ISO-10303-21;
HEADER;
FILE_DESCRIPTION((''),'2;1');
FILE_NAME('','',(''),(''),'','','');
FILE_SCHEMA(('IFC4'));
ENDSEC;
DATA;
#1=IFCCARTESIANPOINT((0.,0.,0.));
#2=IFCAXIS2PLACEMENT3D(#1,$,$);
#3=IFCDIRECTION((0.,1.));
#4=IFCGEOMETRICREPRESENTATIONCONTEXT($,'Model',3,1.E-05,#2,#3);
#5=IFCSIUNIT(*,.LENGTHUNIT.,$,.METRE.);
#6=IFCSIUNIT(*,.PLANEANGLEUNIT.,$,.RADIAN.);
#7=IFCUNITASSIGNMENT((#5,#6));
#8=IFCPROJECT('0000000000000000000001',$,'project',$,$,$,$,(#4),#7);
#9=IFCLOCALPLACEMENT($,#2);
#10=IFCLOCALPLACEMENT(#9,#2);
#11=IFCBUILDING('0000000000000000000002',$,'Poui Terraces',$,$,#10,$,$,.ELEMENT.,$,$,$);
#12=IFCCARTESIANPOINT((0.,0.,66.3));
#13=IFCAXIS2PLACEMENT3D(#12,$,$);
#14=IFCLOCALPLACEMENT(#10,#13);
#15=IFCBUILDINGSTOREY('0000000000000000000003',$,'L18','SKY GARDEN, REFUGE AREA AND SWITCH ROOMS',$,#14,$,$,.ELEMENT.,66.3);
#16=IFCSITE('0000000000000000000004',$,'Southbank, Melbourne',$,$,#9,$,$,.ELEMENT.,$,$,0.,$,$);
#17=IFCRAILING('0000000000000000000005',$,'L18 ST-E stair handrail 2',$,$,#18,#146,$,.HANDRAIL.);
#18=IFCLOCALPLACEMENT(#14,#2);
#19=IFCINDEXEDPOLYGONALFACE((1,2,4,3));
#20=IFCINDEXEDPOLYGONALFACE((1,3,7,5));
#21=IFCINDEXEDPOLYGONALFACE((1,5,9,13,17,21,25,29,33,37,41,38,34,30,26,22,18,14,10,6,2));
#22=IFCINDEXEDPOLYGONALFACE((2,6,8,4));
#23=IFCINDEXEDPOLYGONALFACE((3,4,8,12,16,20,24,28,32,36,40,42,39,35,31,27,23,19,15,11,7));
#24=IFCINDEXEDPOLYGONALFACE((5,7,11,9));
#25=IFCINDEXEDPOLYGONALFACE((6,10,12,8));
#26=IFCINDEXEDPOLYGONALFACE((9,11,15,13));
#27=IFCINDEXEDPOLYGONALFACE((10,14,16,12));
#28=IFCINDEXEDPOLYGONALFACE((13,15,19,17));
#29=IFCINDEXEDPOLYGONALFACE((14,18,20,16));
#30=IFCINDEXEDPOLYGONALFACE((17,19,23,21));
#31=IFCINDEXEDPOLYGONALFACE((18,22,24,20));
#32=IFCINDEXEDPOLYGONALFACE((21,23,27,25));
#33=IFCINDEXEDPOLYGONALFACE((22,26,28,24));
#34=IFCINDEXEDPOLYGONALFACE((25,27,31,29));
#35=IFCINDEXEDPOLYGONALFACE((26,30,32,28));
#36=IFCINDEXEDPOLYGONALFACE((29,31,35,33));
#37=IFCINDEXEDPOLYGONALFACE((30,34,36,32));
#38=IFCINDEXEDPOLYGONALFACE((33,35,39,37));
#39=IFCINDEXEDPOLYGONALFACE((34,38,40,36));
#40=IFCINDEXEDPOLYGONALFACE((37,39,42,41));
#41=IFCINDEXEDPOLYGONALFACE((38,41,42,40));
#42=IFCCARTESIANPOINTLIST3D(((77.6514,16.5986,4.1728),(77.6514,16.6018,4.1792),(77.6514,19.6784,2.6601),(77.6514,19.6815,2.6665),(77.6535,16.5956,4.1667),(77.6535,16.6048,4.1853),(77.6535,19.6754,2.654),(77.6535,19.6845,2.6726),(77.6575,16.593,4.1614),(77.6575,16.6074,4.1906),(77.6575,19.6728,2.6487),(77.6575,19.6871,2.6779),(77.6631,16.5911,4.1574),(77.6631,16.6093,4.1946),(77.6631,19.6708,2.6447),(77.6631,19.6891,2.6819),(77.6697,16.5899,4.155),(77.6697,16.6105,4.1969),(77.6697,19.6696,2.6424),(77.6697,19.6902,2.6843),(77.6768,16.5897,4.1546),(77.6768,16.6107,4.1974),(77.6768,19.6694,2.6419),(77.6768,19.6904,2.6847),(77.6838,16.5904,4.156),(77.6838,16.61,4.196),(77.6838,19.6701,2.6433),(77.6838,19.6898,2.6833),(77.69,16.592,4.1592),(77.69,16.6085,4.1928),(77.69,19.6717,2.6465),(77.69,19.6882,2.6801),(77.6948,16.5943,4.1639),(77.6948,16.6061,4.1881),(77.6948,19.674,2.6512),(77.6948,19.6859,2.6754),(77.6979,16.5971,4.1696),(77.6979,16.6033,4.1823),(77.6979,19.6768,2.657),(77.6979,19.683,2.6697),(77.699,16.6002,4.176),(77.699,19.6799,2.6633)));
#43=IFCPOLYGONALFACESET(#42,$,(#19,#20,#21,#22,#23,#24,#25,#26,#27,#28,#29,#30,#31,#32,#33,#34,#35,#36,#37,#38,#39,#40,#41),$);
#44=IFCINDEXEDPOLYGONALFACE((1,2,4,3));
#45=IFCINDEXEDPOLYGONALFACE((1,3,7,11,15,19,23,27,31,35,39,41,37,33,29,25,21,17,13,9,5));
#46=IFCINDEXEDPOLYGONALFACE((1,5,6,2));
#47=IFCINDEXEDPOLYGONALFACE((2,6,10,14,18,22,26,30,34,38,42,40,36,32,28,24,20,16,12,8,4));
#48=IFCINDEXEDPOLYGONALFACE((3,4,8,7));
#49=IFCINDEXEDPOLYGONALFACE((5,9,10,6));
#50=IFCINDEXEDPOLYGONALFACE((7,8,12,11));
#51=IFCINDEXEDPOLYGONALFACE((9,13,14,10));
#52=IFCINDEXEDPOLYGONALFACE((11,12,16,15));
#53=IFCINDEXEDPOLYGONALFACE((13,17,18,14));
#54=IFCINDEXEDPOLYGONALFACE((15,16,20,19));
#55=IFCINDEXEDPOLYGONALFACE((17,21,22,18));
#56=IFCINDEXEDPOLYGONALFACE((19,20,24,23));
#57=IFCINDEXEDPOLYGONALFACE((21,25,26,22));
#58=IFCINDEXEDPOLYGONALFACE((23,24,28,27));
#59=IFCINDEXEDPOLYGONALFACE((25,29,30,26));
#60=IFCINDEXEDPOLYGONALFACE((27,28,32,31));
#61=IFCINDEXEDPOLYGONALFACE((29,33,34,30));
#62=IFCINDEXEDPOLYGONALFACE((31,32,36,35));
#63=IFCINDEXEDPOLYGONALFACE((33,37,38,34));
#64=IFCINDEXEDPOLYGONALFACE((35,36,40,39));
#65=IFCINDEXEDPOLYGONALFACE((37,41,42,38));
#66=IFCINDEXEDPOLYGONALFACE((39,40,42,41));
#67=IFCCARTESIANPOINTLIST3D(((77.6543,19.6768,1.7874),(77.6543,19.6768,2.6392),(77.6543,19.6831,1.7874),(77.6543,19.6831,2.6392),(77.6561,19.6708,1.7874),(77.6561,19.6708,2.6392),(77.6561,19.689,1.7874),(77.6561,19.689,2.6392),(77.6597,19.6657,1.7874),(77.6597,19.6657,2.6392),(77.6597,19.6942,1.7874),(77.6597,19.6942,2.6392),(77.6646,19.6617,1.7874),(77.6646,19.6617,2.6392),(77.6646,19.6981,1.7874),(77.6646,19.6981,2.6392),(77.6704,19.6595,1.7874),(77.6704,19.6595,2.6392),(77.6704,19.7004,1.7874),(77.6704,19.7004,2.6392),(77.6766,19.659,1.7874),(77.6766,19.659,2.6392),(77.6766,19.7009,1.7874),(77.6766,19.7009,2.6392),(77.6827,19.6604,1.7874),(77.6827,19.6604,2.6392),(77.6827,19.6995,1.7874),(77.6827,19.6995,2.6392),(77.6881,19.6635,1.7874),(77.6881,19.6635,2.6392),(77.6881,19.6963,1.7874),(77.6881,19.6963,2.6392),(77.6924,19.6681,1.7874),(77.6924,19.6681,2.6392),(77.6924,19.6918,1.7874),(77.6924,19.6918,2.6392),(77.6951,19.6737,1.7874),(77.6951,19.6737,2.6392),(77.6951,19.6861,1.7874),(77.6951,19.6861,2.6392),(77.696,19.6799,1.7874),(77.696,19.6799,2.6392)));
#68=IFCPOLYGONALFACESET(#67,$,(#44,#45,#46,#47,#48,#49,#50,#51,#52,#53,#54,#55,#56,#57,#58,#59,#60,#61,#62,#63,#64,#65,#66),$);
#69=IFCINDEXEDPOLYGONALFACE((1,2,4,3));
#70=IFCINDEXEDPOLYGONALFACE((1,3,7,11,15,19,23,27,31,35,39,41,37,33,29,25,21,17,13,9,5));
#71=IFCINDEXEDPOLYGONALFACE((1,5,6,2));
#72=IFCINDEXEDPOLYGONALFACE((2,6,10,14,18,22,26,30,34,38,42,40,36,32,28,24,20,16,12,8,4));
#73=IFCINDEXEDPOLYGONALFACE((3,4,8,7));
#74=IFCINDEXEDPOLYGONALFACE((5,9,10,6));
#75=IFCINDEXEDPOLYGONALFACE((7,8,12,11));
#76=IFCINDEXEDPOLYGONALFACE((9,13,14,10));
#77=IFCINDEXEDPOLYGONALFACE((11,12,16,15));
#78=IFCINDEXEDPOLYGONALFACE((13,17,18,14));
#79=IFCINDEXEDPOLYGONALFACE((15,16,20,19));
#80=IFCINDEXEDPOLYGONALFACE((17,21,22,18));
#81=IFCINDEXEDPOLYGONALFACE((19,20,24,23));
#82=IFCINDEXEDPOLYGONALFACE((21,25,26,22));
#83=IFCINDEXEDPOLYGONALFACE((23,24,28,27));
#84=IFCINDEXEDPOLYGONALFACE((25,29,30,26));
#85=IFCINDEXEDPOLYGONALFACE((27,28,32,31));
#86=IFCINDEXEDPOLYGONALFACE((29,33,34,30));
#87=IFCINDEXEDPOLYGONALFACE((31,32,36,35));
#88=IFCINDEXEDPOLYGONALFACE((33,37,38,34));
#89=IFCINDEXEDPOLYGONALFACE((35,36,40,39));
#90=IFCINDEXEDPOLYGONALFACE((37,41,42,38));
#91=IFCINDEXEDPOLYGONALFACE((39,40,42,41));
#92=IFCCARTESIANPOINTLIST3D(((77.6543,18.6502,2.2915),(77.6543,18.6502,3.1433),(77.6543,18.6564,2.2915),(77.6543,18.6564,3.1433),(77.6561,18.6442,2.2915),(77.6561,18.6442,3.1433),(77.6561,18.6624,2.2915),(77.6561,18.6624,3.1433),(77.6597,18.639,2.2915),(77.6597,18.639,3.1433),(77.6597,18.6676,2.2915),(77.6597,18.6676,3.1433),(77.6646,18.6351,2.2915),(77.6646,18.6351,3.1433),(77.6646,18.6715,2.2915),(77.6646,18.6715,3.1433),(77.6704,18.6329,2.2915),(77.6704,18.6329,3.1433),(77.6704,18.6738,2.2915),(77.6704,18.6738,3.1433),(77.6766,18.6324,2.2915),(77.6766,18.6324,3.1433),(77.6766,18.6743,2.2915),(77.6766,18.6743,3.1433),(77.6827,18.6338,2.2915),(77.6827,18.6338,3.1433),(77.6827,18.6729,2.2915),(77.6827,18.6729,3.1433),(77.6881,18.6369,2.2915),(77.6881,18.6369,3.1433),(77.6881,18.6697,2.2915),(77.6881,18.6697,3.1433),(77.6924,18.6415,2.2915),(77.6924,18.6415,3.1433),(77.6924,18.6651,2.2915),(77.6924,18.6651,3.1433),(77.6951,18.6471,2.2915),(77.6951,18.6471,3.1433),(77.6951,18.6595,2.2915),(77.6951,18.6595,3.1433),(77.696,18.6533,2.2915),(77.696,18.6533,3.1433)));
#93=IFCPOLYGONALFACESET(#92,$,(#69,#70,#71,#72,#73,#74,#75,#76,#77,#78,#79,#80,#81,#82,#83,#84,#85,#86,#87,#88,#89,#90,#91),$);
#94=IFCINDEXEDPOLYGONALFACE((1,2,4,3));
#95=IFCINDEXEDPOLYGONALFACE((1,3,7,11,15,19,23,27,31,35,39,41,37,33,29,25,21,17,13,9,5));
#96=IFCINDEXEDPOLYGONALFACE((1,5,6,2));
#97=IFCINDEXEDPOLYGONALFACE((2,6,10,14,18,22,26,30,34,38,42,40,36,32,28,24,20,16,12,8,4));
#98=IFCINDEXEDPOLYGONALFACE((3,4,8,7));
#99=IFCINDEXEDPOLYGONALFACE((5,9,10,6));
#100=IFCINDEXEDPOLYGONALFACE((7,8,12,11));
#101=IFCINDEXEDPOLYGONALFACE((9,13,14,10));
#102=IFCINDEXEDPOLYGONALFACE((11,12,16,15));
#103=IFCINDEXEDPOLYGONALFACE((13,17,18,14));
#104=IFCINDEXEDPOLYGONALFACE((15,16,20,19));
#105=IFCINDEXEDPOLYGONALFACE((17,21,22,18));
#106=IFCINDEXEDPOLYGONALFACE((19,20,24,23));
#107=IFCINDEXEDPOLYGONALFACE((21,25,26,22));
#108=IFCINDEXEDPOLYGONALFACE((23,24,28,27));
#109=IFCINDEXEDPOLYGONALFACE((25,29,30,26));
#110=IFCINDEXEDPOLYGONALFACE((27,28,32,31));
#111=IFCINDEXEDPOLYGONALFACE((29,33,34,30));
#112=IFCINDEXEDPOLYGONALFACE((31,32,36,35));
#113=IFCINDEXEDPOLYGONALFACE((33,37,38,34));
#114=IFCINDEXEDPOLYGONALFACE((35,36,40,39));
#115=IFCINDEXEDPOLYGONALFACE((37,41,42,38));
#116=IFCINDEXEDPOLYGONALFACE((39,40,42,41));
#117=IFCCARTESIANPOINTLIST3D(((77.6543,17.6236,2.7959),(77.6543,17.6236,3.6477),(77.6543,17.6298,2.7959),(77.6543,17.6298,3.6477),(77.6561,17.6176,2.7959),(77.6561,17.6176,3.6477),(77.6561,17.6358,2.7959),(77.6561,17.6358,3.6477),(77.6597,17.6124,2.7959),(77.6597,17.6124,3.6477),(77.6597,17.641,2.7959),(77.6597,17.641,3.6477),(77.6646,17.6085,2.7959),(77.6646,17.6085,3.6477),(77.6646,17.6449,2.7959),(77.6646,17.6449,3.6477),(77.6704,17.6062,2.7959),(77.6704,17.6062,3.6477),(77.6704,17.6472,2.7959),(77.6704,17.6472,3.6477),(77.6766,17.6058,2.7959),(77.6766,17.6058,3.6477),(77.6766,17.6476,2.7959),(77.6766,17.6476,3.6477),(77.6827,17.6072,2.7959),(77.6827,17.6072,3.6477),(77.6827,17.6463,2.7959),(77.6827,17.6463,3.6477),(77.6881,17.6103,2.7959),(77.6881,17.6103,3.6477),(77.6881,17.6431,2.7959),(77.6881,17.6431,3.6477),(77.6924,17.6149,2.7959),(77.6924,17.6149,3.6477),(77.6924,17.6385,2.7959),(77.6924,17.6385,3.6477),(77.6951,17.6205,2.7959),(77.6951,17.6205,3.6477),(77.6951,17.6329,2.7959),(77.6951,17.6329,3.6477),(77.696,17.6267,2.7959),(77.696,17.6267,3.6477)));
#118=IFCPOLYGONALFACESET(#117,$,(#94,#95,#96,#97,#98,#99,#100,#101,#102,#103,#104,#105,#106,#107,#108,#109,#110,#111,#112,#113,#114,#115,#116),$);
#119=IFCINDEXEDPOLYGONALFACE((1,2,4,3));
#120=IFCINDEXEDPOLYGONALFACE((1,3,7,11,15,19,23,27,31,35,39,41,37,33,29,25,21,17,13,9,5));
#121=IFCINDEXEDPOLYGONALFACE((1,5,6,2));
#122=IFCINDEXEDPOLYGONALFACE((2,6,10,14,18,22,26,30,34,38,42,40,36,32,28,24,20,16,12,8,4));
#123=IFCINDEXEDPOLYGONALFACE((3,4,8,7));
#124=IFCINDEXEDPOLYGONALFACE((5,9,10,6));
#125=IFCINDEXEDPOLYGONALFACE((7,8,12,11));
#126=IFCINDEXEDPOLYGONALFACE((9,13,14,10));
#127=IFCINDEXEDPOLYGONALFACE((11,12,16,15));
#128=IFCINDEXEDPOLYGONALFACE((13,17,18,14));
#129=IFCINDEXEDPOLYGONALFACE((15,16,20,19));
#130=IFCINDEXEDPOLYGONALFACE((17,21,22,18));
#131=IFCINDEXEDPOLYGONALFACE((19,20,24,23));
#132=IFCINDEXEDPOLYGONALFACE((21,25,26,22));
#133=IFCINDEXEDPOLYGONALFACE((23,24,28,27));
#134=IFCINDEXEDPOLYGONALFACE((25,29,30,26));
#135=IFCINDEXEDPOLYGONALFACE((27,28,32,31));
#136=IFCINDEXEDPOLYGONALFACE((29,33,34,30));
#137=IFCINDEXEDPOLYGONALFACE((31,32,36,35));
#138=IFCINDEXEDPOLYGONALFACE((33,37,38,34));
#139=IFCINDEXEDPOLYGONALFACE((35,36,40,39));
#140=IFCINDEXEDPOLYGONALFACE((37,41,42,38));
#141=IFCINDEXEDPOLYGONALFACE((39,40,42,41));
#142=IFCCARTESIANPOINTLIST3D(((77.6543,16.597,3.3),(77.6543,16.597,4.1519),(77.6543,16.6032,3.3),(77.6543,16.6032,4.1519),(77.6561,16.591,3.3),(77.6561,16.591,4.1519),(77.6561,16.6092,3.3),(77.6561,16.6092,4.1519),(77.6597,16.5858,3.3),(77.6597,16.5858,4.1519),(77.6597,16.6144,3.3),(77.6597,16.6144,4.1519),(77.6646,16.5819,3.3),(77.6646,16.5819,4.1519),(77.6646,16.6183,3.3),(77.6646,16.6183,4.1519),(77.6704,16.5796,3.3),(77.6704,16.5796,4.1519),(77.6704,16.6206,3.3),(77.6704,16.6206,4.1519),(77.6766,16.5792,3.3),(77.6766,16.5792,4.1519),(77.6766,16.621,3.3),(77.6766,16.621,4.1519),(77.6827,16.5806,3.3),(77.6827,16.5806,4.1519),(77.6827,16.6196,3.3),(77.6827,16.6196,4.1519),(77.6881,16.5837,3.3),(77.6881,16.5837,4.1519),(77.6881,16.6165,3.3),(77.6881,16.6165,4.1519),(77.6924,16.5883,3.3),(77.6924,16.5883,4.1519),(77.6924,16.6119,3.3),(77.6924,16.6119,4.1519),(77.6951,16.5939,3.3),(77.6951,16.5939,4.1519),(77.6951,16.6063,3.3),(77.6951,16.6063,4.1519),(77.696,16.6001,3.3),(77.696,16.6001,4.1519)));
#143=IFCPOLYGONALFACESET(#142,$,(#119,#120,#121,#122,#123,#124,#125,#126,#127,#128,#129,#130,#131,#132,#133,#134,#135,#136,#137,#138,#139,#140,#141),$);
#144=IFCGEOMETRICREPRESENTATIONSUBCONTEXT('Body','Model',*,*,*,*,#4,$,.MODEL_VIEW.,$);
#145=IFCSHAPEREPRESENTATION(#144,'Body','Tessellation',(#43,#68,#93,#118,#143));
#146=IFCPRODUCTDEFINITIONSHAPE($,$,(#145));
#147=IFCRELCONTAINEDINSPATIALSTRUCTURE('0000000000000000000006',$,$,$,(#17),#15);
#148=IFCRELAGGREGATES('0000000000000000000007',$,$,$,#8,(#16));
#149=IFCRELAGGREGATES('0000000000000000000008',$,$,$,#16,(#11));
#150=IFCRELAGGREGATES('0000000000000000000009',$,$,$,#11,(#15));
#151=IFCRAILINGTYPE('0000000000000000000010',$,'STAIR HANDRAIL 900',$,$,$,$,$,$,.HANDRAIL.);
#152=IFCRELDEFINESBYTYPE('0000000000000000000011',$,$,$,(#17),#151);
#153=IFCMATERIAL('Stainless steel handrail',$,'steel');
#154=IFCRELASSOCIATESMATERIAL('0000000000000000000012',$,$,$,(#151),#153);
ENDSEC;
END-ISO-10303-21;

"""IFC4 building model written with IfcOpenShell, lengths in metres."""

from ifc_helpers import new_model, si_unit, direction, frame, origin, origin_2d, place, context, subcontext, project, spatial, circle, extrude, material, type_object, element, save


model = new_model("IFC4")

# Units and contexts
model_context = context("Model", 3, precision=1e-05, world=origin(), true_north=direction((0.0, 1.0)))
body_context = subcontext(model_context, "Body", "Model", "MODEL_VIEW")
ifc_project = project(units=[si_unit("LENGTHUNIT", "METRE"), si_unit("PLANEANGLEUNIT", "RADIAN")], contexts=[model_context])

# Site, building, storey
site_placement = place(None, origin())
site = spatial("IfcSite", under=ifc_project, at=site_placement, Name="Southbank, Melbourne", CompositionType="ELEMENT", RefElevation=0.0)
building_placement = place(site_placement, origin())
building = spatial("IfcBuilding", under=site, at=building_placement, Name="Poui Terraces", CompositionType="ELEMENT")
storey_placement = place(building_placement, frame((0.0, 0.0, 66.3)))
storey = spatial("IfcBuildingStorey", under=building, at=storey_placement, Name="L18", Description="SKY GARDEN, REFUGE AREA AND SWITCH ROOMS", CompositionType="ELEMENT", Elevation=66.3)

# Railing
ifc_material_1 = material(Name="Stainless steel handrail", Category="steel")
railing_type_1 = type_object("IfcRailingType", Name="STAIR HANDRAIL 900", PredefinedType="HANDRAIL", material=ifc_material_1)
railing_1_placement = place(storey_placement, frame((77.675, 19.6799, 1.7874)))
element("IfcRailing", 1, at=railing_1_placement, inside=storey, type_object=railing_type_1, Name="L18 ST-E stair handrail 2", PredefinedType="HANDRAIL", context=body_context, shape_type="SweptSolid", body=[
    extrude(circle(Radius=0.0239, at=origin_2d()), frame((0.0, 0.0, 0.876), z_axis=(0.0, -0.897578, 0.440856), x_axis=(1.0, 0.0, 0.0)), (0.0, 0.0, 1.0), 3.4312),
    extrude(circle(Radius=0.021, at=origin_2d()), origin(), (0.0, 0.0, 1.0), 0.8518),
    extrude(circle(Radius=0.021, at=origin_2d()), frame((0.0, -1.0266, 0.5042)), (0.0, 0.0, 1.0), 0.8518),
    extrude(circle(Radius=0.021, at=origin_2d()), frame((0.0, -2.0532, 1.0085)), (0.0, 0.0, 1.0), 0.8518),
    extrude(circle(Radius=0.021, at=origin_2d()), frame((0.0, -3.0798, 1.5127)), (0.0, 0.0, 1.0), 0.8518),
])

save(model, "model.ifc")
